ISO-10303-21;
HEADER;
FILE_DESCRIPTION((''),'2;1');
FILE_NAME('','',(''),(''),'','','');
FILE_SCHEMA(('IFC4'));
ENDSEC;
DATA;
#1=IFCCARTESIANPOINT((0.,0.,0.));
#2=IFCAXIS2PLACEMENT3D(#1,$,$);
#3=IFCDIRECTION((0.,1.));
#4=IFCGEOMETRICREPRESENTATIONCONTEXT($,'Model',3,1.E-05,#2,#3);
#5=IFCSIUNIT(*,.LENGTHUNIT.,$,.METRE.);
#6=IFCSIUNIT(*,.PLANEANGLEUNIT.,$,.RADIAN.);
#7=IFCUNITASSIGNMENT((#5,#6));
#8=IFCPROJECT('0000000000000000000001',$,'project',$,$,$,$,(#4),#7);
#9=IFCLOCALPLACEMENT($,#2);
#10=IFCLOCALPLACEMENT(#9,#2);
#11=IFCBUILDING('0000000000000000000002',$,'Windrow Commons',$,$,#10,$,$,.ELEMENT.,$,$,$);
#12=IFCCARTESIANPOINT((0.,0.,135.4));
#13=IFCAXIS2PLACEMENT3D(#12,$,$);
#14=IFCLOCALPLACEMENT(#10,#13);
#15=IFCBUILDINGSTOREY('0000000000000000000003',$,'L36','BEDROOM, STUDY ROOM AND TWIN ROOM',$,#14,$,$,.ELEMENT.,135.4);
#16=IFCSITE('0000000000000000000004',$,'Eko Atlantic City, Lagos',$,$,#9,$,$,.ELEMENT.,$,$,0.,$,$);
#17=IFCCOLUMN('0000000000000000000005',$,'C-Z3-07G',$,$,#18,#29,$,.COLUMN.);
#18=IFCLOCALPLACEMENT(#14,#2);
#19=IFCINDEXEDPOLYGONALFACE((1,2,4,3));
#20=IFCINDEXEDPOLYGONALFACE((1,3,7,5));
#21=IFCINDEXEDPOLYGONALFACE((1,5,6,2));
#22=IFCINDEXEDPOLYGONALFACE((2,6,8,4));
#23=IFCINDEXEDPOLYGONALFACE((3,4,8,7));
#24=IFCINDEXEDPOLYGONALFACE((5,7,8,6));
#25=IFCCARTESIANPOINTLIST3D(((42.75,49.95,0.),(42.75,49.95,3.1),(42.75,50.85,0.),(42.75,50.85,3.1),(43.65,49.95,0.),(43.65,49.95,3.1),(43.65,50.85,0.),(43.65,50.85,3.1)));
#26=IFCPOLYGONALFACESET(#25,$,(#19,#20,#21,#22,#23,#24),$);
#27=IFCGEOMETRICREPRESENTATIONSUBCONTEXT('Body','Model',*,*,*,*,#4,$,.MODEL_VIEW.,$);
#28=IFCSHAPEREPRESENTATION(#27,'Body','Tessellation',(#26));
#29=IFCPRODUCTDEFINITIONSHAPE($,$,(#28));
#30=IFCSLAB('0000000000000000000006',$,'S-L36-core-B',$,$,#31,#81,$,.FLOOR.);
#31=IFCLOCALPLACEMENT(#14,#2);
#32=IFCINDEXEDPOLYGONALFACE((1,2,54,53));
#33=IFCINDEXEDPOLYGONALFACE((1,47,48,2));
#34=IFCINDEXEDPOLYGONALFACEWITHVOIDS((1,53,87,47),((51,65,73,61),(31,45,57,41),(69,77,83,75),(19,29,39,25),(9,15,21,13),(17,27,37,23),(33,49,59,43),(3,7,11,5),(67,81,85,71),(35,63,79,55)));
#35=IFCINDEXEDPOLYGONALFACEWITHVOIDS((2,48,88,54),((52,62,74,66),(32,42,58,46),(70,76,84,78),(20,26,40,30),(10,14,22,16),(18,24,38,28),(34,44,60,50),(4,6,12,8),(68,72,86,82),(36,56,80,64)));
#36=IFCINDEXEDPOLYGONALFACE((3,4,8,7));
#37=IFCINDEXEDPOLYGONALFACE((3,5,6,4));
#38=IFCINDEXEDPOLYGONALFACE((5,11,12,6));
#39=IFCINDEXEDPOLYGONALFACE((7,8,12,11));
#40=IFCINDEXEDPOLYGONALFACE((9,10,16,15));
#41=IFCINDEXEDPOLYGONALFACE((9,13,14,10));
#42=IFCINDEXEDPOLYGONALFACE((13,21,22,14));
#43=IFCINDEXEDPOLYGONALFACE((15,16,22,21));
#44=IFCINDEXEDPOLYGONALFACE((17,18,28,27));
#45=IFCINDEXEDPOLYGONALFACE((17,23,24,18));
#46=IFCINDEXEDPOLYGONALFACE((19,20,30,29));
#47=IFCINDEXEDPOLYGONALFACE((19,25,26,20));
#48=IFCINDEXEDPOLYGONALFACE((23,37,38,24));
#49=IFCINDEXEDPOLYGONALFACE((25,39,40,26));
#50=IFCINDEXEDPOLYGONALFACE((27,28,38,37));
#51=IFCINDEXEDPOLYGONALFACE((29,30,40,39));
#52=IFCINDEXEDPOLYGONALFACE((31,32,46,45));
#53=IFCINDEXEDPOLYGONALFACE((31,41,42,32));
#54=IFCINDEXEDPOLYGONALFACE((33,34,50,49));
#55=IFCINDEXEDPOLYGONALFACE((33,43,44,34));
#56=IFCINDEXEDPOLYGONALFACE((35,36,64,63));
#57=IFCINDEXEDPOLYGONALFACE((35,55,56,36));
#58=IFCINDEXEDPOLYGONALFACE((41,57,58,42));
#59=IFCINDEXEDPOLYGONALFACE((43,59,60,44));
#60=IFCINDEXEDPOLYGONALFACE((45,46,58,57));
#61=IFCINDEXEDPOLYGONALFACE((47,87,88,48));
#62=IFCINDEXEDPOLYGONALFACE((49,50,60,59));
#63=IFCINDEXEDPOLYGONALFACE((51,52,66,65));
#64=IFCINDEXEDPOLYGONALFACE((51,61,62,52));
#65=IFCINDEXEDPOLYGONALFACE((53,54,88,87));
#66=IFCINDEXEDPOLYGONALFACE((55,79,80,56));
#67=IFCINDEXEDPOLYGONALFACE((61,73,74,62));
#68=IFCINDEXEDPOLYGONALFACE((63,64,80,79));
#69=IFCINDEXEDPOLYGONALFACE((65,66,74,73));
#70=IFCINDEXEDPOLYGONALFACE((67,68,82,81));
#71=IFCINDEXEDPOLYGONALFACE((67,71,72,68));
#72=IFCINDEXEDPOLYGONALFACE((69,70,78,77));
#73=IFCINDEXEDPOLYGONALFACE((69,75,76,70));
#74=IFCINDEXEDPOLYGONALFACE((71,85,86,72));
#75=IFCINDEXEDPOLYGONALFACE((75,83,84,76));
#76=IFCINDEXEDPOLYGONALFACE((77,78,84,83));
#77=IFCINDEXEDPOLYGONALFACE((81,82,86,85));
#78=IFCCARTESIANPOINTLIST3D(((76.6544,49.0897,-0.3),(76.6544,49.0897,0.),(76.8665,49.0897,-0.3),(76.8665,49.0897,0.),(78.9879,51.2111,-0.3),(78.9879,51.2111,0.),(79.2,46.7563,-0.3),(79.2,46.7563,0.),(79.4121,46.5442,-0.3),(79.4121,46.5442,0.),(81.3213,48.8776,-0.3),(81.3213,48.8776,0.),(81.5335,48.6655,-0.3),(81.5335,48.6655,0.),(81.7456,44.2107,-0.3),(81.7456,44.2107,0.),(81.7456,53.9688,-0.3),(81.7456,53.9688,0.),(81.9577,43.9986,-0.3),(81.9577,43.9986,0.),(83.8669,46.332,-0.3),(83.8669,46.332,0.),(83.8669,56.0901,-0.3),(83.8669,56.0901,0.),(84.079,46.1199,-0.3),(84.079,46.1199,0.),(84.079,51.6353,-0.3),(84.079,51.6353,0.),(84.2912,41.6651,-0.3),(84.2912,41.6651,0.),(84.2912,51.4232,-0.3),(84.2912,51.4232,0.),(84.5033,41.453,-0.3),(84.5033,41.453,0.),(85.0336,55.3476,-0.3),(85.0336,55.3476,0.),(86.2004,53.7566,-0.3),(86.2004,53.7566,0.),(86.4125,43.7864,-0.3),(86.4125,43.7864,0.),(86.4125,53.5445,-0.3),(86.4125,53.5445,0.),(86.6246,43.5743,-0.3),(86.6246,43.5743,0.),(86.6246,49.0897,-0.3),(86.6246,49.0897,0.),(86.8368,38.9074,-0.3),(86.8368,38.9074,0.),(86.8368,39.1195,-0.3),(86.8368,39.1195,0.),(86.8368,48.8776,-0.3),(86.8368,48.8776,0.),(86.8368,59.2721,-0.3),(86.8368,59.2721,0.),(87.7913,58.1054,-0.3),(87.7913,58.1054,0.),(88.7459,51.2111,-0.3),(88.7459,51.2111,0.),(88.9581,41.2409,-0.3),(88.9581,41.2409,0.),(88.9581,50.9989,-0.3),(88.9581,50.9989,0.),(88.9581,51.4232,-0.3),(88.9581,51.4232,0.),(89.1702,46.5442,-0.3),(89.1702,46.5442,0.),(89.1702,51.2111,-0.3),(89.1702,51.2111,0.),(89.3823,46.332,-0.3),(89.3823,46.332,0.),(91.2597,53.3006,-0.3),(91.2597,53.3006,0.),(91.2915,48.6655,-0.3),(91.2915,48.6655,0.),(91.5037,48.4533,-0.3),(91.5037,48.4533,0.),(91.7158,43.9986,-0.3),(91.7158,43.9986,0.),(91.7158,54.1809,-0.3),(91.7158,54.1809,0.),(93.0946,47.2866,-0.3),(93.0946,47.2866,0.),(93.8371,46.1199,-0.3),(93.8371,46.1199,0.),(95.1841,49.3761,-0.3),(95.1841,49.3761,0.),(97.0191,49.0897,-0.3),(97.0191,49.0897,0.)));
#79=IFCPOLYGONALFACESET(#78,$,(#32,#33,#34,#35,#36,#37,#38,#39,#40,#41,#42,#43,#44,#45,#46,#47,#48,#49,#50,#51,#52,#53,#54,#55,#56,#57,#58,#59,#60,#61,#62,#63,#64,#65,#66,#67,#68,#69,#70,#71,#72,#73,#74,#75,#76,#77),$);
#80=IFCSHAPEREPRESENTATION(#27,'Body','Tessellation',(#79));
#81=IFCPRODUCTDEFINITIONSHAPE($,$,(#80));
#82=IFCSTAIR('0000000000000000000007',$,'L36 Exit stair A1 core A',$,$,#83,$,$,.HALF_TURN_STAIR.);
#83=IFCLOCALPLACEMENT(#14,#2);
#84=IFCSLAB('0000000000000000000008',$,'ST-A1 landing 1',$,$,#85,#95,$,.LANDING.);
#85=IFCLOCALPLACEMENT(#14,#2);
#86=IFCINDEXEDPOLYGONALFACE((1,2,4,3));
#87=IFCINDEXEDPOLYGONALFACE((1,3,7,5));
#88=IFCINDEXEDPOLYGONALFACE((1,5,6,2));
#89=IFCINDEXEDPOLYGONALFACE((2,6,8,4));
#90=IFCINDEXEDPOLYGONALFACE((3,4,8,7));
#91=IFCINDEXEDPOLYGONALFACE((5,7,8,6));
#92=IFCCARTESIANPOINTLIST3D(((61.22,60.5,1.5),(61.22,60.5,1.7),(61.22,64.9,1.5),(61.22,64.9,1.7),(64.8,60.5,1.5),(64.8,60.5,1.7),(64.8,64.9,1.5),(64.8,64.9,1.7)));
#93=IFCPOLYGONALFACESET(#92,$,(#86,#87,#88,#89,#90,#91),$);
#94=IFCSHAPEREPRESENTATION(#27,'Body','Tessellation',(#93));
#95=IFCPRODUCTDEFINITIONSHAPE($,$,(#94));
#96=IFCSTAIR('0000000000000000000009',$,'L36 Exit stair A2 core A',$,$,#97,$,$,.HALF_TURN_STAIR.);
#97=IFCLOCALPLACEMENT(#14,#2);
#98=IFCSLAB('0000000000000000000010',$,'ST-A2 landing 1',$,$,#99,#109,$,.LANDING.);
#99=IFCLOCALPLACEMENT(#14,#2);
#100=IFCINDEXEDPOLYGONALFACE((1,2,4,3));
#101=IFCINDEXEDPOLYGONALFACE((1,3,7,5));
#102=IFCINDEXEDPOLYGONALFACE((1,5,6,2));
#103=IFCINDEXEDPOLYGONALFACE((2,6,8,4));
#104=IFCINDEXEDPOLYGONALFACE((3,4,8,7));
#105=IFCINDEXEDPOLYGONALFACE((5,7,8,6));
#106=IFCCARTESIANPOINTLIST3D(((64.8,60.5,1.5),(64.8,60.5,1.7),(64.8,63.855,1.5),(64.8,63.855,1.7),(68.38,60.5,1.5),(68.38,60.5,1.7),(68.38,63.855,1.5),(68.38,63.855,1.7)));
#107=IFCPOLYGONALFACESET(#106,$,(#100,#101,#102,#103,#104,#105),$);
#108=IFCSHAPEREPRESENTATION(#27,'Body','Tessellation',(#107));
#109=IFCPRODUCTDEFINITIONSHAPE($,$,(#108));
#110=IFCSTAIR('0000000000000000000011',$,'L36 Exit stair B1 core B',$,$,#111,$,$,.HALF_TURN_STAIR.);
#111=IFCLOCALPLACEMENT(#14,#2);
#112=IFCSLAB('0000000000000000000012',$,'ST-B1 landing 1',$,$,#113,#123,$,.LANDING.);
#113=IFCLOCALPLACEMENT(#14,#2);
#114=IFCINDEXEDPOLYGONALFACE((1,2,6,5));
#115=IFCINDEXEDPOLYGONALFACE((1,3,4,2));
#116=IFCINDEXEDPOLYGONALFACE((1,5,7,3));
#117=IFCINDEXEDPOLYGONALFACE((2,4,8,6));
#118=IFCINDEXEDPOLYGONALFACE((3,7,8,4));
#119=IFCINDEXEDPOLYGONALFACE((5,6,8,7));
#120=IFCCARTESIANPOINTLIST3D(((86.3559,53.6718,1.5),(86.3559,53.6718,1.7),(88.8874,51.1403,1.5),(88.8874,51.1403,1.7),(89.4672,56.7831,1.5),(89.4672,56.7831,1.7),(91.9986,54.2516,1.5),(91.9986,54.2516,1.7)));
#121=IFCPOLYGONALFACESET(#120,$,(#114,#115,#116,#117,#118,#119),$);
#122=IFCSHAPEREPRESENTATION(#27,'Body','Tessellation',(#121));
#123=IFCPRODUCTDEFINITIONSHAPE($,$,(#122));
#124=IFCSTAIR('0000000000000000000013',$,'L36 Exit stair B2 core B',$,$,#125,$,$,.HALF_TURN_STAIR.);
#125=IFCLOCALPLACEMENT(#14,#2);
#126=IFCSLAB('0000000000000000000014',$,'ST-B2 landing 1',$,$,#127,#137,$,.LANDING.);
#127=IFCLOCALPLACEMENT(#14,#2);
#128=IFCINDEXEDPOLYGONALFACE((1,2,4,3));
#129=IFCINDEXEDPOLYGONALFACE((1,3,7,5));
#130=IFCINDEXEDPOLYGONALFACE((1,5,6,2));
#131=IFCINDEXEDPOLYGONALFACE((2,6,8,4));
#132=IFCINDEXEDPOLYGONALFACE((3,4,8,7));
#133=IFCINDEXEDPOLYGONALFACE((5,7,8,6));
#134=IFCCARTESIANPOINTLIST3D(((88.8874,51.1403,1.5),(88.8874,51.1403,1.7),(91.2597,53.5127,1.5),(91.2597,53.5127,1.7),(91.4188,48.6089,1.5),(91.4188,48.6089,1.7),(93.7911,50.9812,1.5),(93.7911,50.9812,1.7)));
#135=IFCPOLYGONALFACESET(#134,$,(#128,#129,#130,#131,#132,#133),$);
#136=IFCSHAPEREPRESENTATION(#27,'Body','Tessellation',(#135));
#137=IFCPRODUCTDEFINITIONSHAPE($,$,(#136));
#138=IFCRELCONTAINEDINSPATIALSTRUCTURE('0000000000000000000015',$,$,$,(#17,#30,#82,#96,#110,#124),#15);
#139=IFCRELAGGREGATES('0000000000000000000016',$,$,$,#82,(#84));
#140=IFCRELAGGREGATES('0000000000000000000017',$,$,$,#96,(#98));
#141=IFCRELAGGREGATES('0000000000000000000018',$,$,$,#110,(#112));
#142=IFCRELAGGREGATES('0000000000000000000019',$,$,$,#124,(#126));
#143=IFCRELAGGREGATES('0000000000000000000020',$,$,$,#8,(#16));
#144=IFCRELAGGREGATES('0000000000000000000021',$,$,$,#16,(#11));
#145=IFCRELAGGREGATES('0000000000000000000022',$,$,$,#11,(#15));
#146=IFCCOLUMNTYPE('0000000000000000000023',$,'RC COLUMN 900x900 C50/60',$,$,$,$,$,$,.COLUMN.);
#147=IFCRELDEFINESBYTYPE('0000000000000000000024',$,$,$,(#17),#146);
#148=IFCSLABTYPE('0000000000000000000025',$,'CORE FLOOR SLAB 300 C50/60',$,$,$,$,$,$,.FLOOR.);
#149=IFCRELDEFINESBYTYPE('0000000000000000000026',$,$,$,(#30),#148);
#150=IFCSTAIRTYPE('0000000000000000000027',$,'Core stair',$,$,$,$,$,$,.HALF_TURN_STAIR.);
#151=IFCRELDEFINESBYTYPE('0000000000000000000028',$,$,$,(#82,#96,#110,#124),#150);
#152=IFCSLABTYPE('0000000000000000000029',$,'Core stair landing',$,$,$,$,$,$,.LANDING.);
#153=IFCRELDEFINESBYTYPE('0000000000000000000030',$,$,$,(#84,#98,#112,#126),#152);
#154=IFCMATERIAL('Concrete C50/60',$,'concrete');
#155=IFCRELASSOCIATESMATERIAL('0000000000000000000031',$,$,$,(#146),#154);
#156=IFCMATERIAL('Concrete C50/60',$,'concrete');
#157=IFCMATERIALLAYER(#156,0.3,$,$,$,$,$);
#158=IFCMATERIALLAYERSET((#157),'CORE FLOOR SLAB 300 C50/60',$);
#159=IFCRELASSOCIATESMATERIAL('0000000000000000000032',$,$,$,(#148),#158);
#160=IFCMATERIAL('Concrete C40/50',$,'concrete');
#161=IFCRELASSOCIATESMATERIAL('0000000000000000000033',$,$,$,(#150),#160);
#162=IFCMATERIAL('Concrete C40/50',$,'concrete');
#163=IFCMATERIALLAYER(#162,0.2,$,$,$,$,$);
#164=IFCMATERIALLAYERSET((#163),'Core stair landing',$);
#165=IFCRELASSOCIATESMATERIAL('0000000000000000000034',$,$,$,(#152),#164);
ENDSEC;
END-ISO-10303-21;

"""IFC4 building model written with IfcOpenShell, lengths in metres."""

from ifc_helpers import new_model, si_unit, direction, frame, origin, origin_2d, place, context, subcontext, project, spatial, polyline, rectangle, outline, extrude, material, layer, layer_set, material_profile, profile_set, type_object, element, aggregate, save


model = new_model("IFC4")

# Units and contexts
model_context = context("Model", 3, precision=1e-05, world=origin(), true_north=direction((0.0, 1.0)))
body_context = subcontext(model_context, "Body", "Model", "MODEL_VIEW")
ifc_project = project(units=[si_unit("LENGTHUNIT", "METRE"), si_unit("PLANEANGLEUNIT", "RADIAN")], contexts=[model_context])

# Site, building, storey
site_placement = place(None, origin())
site = spatial("IfcSite", under=ifc_project, at=site_placement, Name="Eko Atlantic City, Lagos", CompositionType="ELEMENT", RefElevation=0.0)
building_placement = place(site_placement, origin())
building = spatial("IfcBuilding", under=site, at=building_placement, Name="Windrow Commons", CompositionType="ELEMENT")
storey_placement = place(building_placement, frame((0.0, 0.0, 135.4)))
storey = spatial("IfcBuildingStorey", under=building, at=storey_placement, Name="L36", Description="BEDROOM, STUDY ROOM AND TWIN ROOM", CompositionType="ELEMENT", Elevation=135.4)

# Column
ifc_material_1 = material(Name="Concrete C50/60", Category="concrete")
ifc_material_profile = material_profile(ifc_material_1, rectangle(XDim=0.9, YDim=0.9, at=origin_2d()))
ifc_profile_set = profile_set([ifc_material_profile], Name="Concrete C50/60")
column_type = type_object("IfcColumnType", Name="RC COLUMN 900x900 C50/60", PredefinedType="COLUMN", material=ifc_profile_set)
column_placement = place(storey_placement, frame((43.2, 50.4, 0.0), z_axis=(0.0, 0.0, 1.0), x_axis=(1.0, 0.0, 0.0)))
element("IfcColumn", 1, at=column_placement, inside=storey, type_object=column_type, Name="C-Z3-07G", PredefinedType="COLUMN", context=body_context, shape_type="SweptSolid", body=[
    extrude(rectangle(XDim=0.9, YDim=0.9, at=origin_2d()), origin(), (0.0, 0.0, 1.0), 3.1),
])

# Slab, openings
ifc_material_2 = material(Name="Concrete C50/60", Category="concrete")
ifc_layer_1 = layer(ifc_material_2, 0.3)
ifc_layer_set_1 = layer_set([ifc_layer_1], Name="CORE FLOOR SLAB 300 C50/60")
slab_type_1 = type_object("IfcSlabType", Name="CORE FLOOR SLAB 300 C50/60", PredefinedType="FLOOR", material=ifc_layer_set_1)
placement_1 = place(storey_placement, frame((0.0, 0.0, -0.3)))
slab_1 = element("IfcSlab", 2, at=placement_1, inside=storey, type_object=slab_type_1, Name="S-L36-core-B", PredefinedType="FLOOR", context=body_context, shape_type="SweptSolid", body=[
    extrude(outline(polyline([(76.6544, 49.0897), (86.8368, 38.9074), (97.0191, 49.0897), (86.8368, 59.2721), (76.6544, 49.0897)]), holes=[polyline([(76.8665, 49.0897), (79.2, 46.7563), (81.3213, 48.8776), (78.9879, 51.2111), (76.8665, 49.0897)]), polyline([(79.4121, 46.5442), (81.7456, 44.2107), (83.8669, 46.332), (81.5335, 48.6655), (79.4121, 46.5442)]), polyline([(81.9577, 43.9986), (84.2912, 41.6651), (86.4125, 43.7864), (84.079, 46.1199), (81.9577, 43.9986)]), polyline([(84.5033, 41.453), (86.8368, 39.1195), (88.9581, 41.2409), (86.6246, 43.5743), (84.5033, 41.453)]), polyline([(81.7456, 53.9688), (84.079, 51.6353), (86.2004, 53.7566), (83.8669, 56.0901), (81.7456, 53.9688)]), polyline([(84.2912, 51.4232), (86.6246, 49.0897), (88.7459, 51.2111), (86.4125, 53.5445), (84.2912, 51.4232)]), polyline([(86.8368, 48.8776), (89.1702, 46.5442), (91.2915, 48.6655), (88.9581, 50.9989), (86.8368, 48.8776)]), polyline([(89.3823, 46.332), (91.7158, 43.9986), (93.8371, 46.1199), (91.5037, 48.4533), (89.3823, 46.332)]), polyline([(85.0336, 55.3476), (88.9581, 51.4232), (91.7158, 54.1809), (87.7913, 58.1054), (85.0336, 55.3476)]), polyline([(89.1702, 51.2111), (93.0946, 47.2866), (95.1841, 49.3761), (91.2597, 53.3006), (89.1702, 51.2111)])]), origin(), (0.0, 0.0, 1.0), 0.3),
])
opening_1_placement = place(placement_1, origin())
element("IfcOpeningElement", 3, at=opening_1_placement, cuts=slab_1, PredefinedType="OPENING", context=body_context, shape_type="SweptSolid", body=[
    extrude(outline(polyline([(76.8736, 49.0897), (78.9879, 51.204), (81.3142, 48.8776), (79.2, 46.7634), (76.8736, 49.0897)])), origin(), (0.0, 0.0, 1.0), 0.3),
])
opening_2_placement = place(placement_1, origin())
element("IfcOpeningElement", 4, at=opening_2_placement, cuts=slab_1, PredefinedType="OPENING", context=body_context, shape_type="SweptSolid", body=[
    extrude(outline(polyline([(79.4192, 46.5442), (81.5335, 48.6584), (83.8598, 46.332), (81.7456, 44.2178), (79.4192, 46.5442)])), origin(), (0.0, 0.0, 1.0), 0.3),
])
opening_3_placement = place(placement_1, origin())
element("IfcOpeningElement", 5, at=opening_3_placement, cuts=slab_1, PredefinedType="OPENING", context=body_context, shape_type="SweptSolid", body=[
    extrude(outline(polyline([(81.9648, 43.9986), (84.079, 46.1128), (86.4054, 43.7864), (84.2912, 41.6722), (81.9648, 43.9986)])), origin(), (0.0, 0.0, 1.0), 0.3),
])
opening_4_placement = place(placement_1, origin())
element("IfcOpeningElement", 6, at=opening_4_placement, cuts=slab_1, PredefinedType="OPENING", context=body_context, shape_type="SweptSolid", body=[
    extrude(outline(polyline([(84.5104, 41.453), (86.6246, 43.5672), (88.951, 41.2409), (86.8368, 39.1266), (84.5104, 41.453)])), origin(), (0.0, 0.0, 1.0), 0.3),
])
opening_5_placement = place(placement_1, origin())
element("IfcOpeningElement", 7, at=opening_5_placement, cuts=slab_1, PredefinedType="OPENING", context=body_context, shape_type="SweptSolid", body=[
    extrude(outline(polyline([(81.7527, 53.9688), (83.8669, 56.083), (86.1933, 53.7566), (84.079, 51.6424), (81.7527, 53.9688)])), origin(), (0.0, 0.0, 1.0), 0.3),
])
opening_6_placement = place(placement_1, origin())
element("IfcOpeningElement", 8, at=opening_6_placement, cuts=slab_1, PredefinedType="OPENING", context=body_context, shape_type="SweptSolid", body=[
    extrude(outline(polyline([(84.2983, 51.4232), (86.4125, 53.5374), (88.7388, 51.2111), (86.6246, 49.0968), (84.2983, 51.4232)])), origin(), (0.0, 0.0, 1.0), 0.3),
])
opening_7_placement = place(placement_1, origin())
element("IfcOpeningElement", 9, at=opening_7_placement, cuts=slab_1, PredefinedType="OPENING", context=body_context, shape_type="SweptSolid", body=[
    extrude(outline(polyline([(86.8439, 48.8776), (88.9581, 50.9918), (91.2844, 48.6655), (89.1702, 46.5513), (86.8439, 48.8776)])), origin(), (0.0, 0.0, 1.0), 0.3),
])
opening_8_placement = place(placement_1, origin())
element("IfcOpeningElement", 10, at=opening_8_placement, cuts=slab_1, PredefinedType="OPENING", context=body_context, shape_type="SweptSolid", body=[
    extrude(outline(polyline([(89.3894, 46.332), (91.5037, 48.4462), (93.83, 46.1199), (91.7158, 44.0057), (89.3894, 46.332)])), origin(), (0.0, 0.0, 1.0), 0.3),
])
opening_9_placement = place(placement_1, origin())
element("IfcOpeningElement", 11, at=opening_9_placement, cuts=slab_1, PredefinedType="OPENING", context=body_context, shape_type="SweptSolid", body=[
    extrude(outline(polyline([(85.0407, 55.3476), (87.7913, 58.0983), (91.7087, 54.1809), (88.9581, 51.4303), (85.0407, 55.3476)])), origin(), (0.0, 0.0, 1.0), 0.3),
])
opening_10_placement = place(placement_1, origin())
element("IfcOpeningElement", 12, at=opening_10_placement, cuts=slab_1, PredefinedType="OPENING", context=body_context, shape_type="SweptSolid", body=[
    extrude(outline(polyline([(89.1773, 51.2111), (91.2597, 53.2935), (95.177, 49.3761), (93.0946, 47.2937), (89.1773, 51.2111)])), origin(), (0.0, 0.0, 1.0), 0.3),
])

# Stairs, slabs
ifc_material_3 = material(Name="Concrete C40/50", Category="concrete")
stair_type = type_object("IfcStairType", Name="Core stair", PredefinedType="HALF_TURN_STAIR", material=ifc_material_3)
placement_2 = place(storey_placement, origin())
stair_1 = element("IfcStair", 13, at=placement_2, inside=storey, type_object=stair_type, Name="L36 Exit stair A1 core A", PredefinedType="HALF_TURN_STAIR")
ifc_material_4 = material(Name="Concrete C40/50", Category="concrete")
ifc_layer_2 = layer(ifc_material_4, 0.2)
ifc_layer_set_2 = layer_set([ifc_layer_2], Name="Core stair landing")
slab_type_2 = type_object("IfcSlabType", Name="Core stair landing", PredefinedType="LANDING", material=ifc_layer_set_2)
placement_3 = place(storey_placement, frame((0.0, 0.0, 1.5)))
slab_2 = element("IfcSlab", 14, at=placement_3, type_object=slab_type_2, Name="ST-A1 landing 1", PredefinedType="LANDING", context=body_context, shape_type="SweptSolid", body=[
    extrude(outline(polyline([(61.22, 60.5), (64.8, 60.5), (64.8, 64.9), (61.22, 64.9), (61.22, 60.5)])), origin(), (0.0, 0.0, 1.0), 0.2),
])
aggregate(stair_1, [slab_2])
stair_2 = element("IfcStair", 15, at=placement_2, inside=storey, type_object=stair_type, Name="L36 Exit stair A2 core A", PredefinedType="HALF_TURN_STAIR")
slab_3 = element("IfcSlab", 16, at=placement_3, type_object=slab_type_2, Name="ST-A2 landing 1", PredefinedType="LANDING", context=body_context, shape_type="SweptSolid", body=[
    extrude(outline(polyline([(64.8, 60.5), (68.38, 60.5), (68.38, 63.855), (64.8, 63.855), (64.8, 60.5)])), origin(), (0.0, 0.0, 1.0), 0.2),
])
aggregate(stair_2, [slab_3])
stair_3 = element("IfcStair", 17, at=placement_2, inside=storey, type_object=stair_type, Name="L36 Exit stair B1 core B", PredefinedType="HALF_TURN_STAIR")
slab_4 = element("IfcSlab", 18, at=placement_3, type_object=slab_type_2, Name="ST-B1 landing 1", PredefinedType="LANDING", context=body_context, shape_type="SweptSolid", body=[
    extrude(outline(polyline([(86.3559, 53.6718), (88.8874, 51.1403), (91.9986, 54.2516), (89.4672, 56.7831), (86.3559, 53.6718)])), origin(), (0.0, 0.0, 1.0), 0.2),
])
aggregate(stair_3, [slab_4])
stair_4 = element("IfcStair", 19, at=placement_2, inside=storey, type_object=stair_type, Name="L36 Exit stair B2 core B", PredefinedType="HALF_TURN_STAIR")
slab_5 = element("IfcSlab", 20, at=placement_3, type_object=slab_type_2, Name="ST-B2 landing 1", PredefinedType="LANDING", context=body_context, shape_type="SweptSolid", body=[
    extrude(outline(polyline([(88.8874, 51.1403), (91.4188, 48.6089), (93.7911, 50.9812), (91.2597, 53.5127), (88.8874, 51.1403)])), origin(), (0.0, 0.0, 1.0), 0.2),
])
aggregate(stair_4, [slab_5])

save(model, "model.ifc")
